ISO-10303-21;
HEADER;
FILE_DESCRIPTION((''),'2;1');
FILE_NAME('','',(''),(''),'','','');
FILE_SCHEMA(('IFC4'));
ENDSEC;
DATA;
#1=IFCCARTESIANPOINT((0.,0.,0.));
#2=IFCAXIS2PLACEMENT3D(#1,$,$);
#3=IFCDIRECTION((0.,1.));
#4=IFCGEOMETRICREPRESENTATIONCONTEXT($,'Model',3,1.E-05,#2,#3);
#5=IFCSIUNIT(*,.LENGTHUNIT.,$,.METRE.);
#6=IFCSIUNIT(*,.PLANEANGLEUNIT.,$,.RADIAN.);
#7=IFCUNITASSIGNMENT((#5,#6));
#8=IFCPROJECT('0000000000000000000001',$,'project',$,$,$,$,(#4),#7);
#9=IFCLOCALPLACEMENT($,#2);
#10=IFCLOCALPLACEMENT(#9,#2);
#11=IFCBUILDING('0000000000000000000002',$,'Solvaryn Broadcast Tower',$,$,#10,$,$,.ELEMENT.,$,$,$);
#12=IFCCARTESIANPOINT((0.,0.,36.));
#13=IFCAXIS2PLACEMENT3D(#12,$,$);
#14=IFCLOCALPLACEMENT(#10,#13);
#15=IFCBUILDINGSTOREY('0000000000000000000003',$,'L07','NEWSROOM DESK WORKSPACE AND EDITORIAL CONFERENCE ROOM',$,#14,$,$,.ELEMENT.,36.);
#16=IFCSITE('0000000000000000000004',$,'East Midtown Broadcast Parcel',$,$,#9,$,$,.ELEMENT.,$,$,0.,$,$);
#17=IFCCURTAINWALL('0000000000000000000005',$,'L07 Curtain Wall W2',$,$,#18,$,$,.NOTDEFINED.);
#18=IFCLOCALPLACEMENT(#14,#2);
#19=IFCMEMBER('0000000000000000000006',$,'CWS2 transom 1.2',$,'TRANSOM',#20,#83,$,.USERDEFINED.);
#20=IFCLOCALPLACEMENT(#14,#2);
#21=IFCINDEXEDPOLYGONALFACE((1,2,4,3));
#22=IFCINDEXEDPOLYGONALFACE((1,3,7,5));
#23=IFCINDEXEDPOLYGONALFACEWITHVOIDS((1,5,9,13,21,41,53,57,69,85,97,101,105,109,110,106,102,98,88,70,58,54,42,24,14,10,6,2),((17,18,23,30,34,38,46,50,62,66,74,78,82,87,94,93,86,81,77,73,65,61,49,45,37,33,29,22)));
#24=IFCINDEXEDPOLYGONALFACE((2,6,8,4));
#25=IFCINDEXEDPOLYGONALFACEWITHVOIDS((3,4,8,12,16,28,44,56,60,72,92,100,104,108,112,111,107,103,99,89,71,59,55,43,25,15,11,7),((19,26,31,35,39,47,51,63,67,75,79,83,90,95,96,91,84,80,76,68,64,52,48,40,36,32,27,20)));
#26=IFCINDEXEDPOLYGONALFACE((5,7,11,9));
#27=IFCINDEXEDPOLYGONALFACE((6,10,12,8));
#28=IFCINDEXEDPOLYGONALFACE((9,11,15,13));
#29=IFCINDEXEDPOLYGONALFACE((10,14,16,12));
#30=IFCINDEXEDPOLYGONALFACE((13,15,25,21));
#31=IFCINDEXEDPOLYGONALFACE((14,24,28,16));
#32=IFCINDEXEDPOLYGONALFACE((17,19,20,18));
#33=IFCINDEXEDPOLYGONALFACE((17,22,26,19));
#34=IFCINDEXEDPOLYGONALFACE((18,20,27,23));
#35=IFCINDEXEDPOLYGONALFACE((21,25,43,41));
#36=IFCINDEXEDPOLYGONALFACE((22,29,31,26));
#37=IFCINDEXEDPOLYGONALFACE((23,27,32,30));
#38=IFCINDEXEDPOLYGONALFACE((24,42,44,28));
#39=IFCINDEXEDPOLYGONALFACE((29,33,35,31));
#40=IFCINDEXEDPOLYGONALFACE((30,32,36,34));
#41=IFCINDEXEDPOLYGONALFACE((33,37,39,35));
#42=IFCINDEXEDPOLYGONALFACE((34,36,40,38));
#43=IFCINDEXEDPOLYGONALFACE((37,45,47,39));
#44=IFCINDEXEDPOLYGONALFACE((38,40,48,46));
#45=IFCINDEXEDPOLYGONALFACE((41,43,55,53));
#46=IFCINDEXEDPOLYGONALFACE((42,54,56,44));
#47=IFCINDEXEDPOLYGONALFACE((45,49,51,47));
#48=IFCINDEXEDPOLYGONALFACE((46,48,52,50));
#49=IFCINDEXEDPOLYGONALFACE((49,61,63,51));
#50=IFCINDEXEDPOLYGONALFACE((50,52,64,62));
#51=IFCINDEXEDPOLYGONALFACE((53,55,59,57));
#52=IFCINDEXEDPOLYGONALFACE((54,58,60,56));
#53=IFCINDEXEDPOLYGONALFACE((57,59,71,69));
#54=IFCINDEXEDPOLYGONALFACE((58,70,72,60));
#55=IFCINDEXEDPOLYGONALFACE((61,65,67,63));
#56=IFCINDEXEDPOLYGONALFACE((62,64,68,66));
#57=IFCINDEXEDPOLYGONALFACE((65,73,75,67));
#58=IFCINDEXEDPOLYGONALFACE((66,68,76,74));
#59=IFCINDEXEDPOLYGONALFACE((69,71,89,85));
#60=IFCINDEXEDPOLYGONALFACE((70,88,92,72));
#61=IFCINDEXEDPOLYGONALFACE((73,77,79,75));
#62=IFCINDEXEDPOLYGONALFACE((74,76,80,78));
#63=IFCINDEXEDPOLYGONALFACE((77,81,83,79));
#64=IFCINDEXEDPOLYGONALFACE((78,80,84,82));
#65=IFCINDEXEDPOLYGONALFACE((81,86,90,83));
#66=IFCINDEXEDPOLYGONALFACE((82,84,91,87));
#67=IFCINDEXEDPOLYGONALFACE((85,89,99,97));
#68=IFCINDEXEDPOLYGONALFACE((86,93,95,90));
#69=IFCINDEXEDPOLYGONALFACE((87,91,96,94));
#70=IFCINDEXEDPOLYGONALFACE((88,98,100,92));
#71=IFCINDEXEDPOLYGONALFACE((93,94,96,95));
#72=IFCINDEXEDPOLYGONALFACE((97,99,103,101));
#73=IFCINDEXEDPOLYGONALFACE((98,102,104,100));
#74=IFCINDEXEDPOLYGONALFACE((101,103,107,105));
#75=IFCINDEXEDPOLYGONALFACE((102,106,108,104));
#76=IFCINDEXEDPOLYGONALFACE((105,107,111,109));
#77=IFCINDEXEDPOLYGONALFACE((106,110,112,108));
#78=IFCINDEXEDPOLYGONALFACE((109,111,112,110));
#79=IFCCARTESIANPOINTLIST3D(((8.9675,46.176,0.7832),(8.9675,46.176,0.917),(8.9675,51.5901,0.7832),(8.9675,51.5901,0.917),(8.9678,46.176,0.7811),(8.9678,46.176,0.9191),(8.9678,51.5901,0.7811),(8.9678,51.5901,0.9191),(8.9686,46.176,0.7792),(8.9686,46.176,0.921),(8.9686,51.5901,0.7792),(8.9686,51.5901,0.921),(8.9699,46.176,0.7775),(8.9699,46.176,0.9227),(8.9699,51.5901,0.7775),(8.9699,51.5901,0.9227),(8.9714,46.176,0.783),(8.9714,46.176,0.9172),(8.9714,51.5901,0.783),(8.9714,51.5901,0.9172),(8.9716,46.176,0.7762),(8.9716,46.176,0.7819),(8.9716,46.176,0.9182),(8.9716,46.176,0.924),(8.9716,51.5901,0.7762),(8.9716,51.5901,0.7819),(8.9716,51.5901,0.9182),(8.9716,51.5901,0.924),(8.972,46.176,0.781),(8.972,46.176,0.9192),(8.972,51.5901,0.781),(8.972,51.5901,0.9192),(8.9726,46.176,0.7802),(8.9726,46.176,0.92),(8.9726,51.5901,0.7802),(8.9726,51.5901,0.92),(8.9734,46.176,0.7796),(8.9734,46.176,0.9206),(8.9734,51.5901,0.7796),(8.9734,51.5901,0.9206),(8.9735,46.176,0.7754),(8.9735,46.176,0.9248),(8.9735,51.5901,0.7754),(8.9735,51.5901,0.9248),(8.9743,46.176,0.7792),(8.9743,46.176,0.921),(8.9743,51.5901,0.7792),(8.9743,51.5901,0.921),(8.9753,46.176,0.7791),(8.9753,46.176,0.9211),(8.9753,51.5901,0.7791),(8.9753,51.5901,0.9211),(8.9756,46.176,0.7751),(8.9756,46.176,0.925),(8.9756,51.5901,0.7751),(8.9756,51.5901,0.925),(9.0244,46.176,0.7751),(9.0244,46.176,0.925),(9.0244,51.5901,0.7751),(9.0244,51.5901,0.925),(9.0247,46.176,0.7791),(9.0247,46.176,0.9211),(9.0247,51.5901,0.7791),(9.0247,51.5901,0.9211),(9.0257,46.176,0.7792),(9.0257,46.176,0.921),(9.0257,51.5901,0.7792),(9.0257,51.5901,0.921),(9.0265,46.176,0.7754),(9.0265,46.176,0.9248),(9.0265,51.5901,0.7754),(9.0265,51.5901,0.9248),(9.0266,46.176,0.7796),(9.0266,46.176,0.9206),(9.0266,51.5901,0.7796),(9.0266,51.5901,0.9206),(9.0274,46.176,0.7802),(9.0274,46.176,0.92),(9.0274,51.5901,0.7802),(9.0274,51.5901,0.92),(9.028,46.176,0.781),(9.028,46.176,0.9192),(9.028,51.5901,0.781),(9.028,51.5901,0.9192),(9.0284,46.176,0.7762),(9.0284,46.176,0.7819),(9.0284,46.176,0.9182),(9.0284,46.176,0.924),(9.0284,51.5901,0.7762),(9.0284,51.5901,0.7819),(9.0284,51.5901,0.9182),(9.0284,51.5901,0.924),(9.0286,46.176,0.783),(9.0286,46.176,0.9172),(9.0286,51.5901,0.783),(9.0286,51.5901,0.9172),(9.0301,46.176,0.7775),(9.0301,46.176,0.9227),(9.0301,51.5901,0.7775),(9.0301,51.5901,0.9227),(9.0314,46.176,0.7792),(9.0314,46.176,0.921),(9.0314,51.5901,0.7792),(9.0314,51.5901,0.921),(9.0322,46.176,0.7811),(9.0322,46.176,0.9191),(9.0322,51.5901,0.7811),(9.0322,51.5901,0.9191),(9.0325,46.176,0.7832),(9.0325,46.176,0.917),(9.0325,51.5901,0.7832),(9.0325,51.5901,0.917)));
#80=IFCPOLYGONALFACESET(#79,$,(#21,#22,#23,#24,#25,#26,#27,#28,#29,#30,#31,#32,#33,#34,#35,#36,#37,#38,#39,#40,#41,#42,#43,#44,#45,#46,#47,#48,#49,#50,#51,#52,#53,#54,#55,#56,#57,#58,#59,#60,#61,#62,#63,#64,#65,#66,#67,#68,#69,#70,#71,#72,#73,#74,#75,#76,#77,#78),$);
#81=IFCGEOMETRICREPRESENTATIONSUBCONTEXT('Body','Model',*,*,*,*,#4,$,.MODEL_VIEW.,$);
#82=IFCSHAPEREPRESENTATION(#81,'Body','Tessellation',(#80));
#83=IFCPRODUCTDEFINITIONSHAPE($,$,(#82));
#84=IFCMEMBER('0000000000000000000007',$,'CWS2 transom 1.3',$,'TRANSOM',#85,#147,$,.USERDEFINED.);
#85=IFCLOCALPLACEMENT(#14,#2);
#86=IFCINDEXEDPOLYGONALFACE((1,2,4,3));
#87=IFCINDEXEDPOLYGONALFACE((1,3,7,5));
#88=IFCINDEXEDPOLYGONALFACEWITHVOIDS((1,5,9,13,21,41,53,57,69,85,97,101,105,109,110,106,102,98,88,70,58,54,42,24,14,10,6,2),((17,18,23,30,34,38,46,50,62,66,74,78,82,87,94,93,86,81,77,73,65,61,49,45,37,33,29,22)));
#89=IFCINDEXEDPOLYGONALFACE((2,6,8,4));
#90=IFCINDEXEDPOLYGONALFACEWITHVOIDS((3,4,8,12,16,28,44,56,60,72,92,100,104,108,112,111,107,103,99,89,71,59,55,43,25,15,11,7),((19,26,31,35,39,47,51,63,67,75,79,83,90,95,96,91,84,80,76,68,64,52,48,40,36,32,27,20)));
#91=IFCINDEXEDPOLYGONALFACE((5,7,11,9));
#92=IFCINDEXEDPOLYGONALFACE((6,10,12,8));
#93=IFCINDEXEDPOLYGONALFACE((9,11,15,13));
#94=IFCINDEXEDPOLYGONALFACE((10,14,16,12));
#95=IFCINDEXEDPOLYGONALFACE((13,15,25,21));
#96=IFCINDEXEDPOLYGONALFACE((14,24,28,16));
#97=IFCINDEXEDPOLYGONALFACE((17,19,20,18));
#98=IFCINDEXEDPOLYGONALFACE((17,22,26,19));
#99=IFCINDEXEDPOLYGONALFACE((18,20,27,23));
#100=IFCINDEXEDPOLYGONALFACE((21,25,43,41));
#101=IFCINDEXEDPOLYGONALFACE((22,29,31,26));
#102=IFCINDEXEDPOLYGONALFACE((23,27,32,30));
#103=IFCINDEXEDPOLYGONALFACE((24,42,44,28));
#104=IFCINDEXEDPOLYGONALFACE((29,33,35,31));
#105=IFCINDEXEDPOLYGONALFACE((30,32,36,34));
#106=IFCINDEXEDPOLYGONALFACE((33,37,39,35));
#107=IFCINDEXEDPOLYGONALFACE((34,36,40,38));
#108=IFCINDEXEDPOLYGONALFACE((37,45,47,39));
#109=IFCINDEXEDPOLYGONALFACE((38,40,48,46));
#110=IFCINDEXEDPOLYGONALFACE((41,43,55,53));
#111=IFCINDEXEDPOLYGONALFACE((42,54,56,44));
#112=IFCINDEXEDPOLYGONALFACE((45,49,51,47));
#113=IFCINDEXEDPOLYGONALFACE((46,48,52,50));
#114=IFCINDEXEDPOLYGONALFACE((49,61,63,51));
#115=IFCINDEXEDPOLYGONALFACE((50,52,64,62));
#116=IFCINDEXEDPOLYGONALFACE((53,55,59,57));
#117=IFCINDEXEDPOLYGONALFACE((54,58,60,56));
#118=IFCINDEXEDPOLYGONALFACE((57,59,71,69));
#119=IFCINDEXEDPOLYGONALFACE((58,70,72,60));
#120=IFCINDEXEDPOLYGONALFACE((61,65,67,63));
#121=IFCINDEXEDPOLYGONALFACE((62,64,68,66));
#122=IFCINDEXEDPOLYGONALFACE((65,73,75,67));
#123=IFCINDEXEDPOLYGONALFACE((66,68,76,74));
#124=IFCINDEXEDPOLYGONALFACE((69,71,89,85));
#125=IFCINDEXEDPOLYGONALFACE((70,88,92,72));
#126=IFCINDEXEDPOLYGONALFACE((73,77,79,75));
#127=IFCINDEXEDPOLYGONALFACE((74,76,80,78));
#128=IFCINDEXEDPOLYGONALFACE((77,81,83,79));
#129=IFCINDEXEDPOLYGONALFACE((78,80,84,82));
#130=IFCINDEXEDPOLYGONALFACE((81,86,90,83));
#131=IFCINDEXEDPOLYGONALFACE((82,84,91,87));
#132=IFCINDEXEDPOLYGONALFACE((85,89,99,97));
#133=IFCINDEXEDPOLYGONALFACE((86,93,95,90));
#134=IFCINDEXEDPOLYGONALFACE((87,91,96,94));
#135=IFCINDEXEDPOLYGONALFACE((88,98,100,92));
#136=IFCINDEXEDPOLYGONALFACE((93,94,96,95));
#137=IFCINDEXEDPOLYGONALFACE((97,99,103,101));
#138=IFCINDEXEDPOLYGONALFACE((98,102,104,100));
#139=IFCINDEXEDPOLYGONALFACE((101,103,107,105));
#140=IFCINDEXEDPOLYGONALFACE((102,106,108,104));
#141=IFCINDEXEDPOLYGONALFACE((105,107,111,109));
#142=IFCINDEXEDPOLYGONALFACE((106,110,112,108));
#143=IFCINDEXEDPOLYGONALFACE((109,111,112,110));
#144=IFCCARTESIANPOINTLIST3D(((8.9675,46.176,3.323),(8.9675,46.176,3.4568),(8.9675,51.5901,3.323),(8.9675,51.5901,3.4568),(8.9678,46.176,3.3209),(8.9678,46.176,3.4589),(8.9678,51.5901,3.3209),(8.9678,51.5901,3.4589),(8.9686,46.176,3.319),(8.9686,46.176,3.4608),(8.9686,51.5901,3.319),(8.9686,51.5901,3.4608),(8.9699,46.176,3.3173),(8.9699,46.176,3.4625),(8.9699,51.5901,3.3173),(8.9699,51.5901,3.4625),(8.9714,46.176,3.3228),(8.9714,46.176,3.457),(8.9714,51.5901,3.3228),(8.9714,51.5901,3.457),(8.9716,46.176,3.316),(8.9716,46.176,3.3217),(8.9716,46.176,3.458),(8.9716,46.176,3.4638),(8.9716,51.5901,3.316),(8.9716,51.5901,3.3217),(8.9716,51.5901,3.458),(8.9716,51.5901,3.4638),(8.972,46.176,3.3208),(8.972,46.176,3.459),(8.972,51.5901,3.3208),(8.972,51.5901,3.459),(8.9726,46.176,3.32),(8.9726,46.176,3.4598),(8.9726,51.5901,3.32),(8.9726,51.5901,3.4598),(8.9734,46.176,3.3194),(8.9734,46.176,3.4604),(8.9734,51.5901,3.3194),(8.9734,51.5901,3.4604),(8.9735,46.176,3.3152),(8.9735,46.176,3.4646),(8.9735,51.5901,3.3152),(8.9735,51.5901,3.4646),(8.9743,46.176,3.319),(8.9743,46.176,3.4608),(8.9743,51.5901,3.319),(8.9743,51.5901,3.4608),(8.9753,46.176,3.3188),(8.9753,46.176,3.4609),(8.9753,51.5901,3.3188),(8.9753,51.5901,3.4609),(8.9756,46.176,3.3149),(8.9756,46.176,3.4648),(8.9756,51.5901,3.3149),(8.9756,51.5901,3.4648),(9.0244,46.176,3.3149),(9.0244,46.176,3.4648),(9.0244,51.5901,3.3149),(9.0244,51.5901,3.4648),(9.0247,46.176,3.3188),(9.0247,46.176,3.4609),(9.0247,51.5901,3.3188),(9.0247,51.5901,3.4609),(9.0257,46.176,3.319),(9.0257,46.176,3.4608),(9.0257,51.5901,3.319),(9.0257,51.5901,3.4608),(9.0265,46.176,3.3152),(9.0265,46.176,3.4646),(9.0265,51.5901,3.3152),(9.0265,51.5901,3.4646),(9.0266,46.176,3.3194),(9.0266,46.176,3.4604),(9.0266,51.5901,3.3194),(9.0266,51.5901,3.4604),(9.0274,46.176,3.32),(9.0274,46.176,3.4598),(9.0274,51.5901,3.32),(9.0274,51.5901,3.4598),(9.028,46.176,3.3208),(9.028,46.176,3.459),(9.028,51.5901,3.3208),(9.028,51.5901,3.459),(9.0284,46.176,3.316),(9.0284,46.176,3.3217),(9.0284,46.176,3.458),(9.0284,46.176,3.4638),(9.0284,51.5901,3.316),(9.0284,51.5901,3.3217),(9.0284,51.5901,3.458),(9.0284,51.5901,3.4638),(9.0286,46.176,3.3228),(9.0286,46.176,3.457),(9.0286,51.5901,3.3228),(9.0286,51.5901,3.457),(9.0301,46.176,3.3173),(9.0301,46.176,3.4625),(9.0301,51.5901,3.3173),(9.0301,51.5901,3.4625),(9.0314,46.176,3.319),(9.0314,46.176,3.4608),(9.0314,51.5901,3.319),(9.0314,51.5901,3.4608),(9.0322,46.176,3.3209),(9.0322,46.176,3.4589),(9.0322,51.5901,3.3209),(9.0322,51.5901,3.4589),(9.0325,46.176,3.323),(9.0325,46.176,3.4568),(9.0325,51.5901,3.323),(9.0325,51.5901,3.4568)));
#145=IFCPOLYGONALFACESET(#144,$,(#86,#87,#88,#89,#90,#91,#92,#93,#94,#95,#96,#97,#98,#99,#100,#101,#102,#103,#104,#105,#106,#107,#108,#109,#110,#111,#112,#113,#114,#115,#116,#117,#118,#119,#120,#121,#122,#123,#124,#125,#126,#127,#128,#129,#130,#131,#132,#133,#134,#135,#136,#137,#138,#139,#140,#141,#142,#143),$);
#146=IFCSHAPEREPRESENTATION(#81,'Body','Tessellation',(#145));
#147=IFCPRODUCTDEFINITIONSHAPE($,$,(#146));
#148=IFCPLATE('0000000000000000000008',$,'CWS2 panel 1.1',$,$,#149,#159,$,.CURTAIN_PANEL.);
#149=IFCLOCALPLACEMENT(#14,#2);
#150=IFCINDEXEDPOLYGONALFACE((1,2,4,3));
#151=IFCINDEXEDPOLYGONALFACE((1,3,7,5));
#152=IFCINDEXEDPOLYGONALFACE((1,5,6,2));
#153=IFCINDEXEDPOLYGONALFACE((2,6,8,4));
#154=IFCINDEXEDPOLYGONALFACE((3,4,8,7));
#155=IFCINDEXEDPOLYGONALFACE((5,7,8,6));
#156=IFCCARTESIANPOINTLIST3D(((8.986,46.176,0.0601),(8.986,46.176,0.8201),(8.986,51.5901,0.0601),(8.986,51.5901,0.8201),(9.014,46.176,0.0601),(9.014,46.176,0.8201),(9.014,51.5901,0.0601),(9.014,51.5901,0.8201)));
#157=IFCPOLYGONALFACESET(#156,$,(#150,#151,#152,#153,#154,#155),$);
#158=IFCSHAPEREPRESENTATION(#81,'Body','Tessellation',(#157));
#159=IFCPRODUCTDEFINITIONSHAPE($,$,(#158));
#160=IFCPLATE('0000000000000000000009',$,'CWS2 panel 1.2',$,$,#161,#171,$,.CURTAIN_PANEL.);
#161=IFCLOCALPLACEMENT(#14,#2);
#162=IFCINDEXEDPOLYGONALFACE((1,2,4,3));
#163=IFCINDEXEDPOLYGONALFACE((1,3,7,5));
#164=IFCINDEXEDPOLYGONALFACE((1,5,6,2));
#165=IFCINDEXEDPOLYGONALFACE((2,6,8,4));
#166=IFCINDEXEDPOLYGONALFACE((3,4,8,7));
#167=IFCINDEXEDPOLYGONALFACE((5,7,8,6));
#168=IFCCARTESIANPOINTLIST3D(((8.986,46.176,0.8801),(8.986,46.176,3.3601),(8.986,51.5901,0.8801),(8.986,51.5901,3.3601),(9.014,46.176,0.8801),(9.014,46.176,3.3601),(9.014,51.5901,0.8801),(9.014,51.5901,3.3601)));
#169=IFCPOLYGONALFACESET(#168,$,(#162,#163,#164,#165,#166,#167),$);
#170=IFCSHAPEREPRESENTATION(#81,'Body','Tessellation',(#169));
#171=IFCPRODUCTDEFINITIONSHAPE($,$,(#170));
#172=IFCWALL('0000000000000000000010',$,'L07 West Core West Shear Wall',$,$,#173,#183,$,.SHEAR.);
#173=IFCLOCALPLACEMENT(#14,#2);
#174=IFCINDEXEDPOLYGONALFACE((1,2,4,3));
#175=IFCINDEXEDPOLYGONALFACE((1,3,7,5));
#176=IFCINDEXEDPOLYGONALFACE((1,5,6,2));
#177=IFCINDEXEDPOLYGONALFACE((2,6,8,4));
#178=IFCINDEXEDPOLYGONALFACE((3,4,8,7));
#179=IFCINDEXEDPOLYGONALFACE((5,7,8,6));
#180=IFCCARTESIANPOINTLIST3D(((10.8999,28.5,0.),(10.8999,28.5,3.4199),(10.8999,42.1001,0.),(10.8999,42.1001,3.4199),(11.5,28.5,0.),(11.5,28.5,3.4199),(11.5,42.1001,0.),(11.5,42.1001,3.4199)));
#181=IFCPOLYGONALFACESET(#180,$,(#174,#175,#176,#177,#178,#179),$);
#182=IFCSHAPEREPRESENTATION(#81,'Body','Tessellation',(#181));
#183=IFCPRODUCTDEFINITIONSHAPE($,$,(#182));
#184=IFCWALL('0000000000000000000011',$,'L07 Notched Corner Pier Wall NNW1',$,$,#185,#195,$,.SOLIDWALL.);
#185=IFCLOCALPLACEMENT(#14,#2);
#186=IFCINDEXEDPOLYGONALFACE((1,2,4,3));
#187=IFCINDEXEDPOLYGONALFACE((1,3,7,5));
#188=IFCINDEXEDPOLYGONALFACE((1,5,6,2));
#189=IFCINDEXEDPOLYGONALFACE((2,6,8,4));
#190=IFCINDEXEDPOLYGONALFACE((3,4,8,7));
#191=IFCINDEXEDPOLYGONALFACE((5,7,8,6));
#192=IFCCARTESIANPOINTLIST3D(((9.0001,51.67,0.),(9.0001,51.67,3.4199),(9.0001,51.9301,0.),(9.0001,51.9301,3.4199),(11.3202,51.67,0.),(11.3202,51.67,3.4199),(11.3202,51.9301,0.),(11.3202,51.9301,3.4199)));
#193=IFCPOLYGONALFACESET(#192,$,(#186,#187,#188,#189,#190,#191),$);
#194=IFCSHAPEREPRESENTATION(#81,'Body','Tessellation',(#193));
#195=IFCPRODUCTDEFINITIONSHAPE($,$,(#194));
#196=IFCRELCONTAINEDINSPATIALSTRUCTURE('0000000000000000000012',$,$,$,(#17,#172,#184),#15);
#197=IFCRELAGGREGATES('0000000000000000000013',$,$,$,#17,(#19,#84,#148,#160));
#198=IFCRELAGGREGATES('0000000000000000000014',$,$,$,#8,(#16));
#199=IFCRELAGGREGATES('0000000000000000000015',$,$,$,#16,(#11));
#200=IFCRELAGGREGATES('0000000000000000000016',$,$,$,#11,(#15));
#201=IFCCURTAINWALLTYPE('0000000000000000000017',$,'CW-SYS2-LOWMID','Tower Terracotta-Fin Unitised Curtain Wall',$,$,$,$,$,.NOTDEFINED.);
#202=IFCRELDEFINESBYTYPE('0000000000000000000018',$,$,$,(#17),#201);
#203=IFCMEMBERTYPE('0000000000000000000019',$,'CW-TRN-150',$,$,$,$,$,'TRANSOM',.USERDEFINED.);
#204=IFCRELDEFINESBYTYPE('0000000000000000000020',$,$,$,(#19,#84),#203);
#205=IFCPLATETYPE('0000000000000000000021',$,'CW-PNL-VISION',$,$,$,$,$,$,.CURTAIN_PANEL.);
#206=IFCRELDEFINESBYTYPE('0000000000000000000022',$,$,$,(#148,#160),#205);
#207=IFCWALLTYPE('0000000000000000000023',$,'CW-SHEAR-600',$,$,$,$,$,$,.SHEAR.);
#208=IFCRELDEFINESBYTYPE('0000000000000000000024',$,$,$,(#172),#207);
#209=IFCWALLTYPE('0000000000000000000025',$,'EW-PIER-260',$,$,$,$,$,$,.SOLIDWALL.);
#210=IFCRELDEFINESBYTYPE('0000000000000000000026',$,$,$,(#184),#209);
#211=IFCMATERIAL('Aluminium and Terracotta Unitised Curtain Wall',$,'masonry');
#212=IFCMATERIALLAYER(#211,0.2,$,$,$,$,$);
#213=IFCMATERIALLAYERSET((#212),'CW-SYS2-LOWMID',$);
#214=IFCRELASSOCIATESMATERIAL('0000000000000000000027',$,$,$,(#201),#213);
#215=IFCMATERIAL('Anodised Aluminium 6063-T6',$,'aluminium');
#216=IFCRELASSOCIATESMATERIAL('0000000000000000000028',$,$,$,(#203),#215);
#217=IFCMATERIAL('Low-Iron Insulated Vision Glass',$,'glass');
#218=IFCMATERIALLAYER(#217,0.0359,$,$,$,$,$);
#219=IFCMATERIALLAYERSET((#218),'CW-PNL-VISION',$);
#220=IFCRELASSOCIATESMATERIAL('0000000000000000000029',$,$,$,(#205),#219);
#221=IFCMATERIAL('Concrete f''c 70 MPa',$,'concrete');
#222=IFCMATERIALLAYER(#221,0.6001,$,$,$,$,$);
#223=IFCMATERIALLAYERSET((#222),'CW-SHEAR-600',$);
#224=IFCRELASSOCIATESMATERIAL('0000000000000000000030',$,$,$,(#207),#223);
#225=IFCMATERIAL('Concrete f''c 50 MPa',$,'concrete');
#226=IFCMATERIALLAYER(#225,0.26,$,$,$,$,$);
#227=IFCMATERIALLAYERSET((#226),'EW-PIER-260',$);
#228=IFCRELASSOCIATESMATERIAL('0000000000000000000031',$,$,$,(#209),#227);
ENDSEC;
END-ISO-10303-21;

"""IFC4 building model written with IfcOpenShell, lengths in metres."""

from ifc_helpers import new_model, si_unit, direction, frame, frame_2d, origin, origin_2d, place, context, subcontext, project, spatial, rectangle, hollow_rectangle, extrude, material, layer, layer_set, material_profile, profile_set, type_object, element, aggregate, save


model = new_model("IFC4")

# Units and contexts
model_context = context("Model", 3, precision=1e-05, world=origin(), true_north=direction((0.0, 1.0)))
body_context = subcontext(model_context, "Body", "Model", "MODEL_VIEW")
ifc_project = project(units=[si_unit("LENGTHUNIT", "METRE"), si_unit("PLANEANGLEUNIT", "RADIAN")], contexts=[model_context])

# Site, building, storey
site_placement = place(None, origin())
site = spatial("IfcSite", under=ifc_project, at=site_placement, Name="East Midtown Broadcast Parcel", CompositionType="ELEMENT", RefElevation=0.0)
building_placement = place(site_placement, origin())
building = spatial("IfcBuilding", under=site, at=building_placement, Name="Solvaryn Broadcast Tower", CompositionType="ELEMENT")
storey_placement = place(building_placement, frame((0.0, 0.0, 36.0)))
storey = spatial("IfcBuildingStorey", under=building, at=storey_placement, Name="L07", Description="NEWSROOM DESK WORKSPACE AND EDITORIAL CONFERENCE ROOM", CompositionType="ELEMENT", Elevation=36.0)

# Shared definitions
ifc_material_1 = material(Name="Aluminium and Terracotta Unitised Curtain Wall", Category="masonry")
ifc_layer_1 = layer(ifc_material_1, 0.2)
ifc_layer_set_1 = layer_set([ifc_layer_1], Name="CW-SYS2-LOWMID")
curtain_wall_type = type_object("IfcCurtainWallType", Name="CW-SYS2-LOWMID", Description="Tower Terracotta-Fin Unitised Curtain Wall", PredefinedType="NOTDEFINED", material=ifc_layer_set_1)

# Curtain wall
curtain_wall_1_placement = place(storey_placement, origin())
curtain_wall_1 = element("IfcCurtainWall", 1, at=curtain_wall_1_placement, inside=storey, type_object=curtain_wall_type, Name="L07 Curtain Wall W2", PredefinedType="NOTDEFINED")

# Members
ifc_material_2 = material(Name="Anodised Aluminium 6063-T6", Category="aluminium")
ifc_material_profile_1 = material_profile(ifc_material_2, hollow_rectangle(XDim=0.0649, YDim=0.1499, WallThickness=0.0039, InnerFilletRadius=0.0039, OuterFilletRadius=0.0081, at=origin_2d()))
ifc_profile_set_1 = profile_set([ifc_material_profile_1], Name="Anodised Aluminium 6063-T6")
member_type_1 = type_object("IfcMemberType", Name="CW-TRN-150", ElementType="TRANSOM", PredefinedType="USERDEFINED", material=ifc_profile_set_1)
member_1_placement = place(storey_placement, frame((9.0, 46.176, 0.8501), z_axis=(0.0, 1.0, 0.0), x_axis=(-1.0, 0.0, 0.0)))
member_1 = element("IfcMember", 2, at=member_1_placement, type_object=member_type_1, Name="CWS2 transom 1.2", ObjectType="TRANSOM", PredefinedType="USERDEFINED", context=body_context, shape_type="SweptSolid", body=[
    extrude(hollow_rectangle(XDim=0.0649, YDim=0.1499, WallThickness=0.0039, InnerFilletRadius=0.0039, OuterFilletRadius=0.0081, at=origin_2d()), origin(), (0.0, 0.0, 1.0), 5.4141),
])
member_2_placement = place(storey_placement, frame((9.0, 46.176, 3.3899), z_axis=(0.0, 1.0, 0.0), x_axis=(-1.0, 0.0, 0.0)))
member_2 = element("IfcMember", 3, at=member_2_placement, type_object=member_type_1, Name="CWS2 transom 1.3", ObjectType="TRANSOM", PredefinedType="USERDEFINED", context=body_context, shape_type="SweptSolid", body=[
    extrude(hollow_rectangle(XDim=0.0649, YDim=0.1499, WallThickness=0.0039, InnerFilletRadius=0.0039, OuterFilletRadius=0.0081, at=origin_2d()), origin(), (0.0, 0.0, 1.0), 5.4141),
])

# Plates
ifc_material_3 = material(Name="Low-Iron Insulated Vision Glass", Category="glass")
ifc_layer_2 = layer(ifc_material_3, 0.0359)
ifc_layer_set_2 = layer_set([ifc_layer_2], Name="CW-PNL-VISION")
plate_type = type_object("IfcPlateType", Name="CW-PNL-VISION", PredefinedType="CURTAIN_PANEL", material=ifc_layer_set_2)
plate_1_placement = place(storey_placement, frame((9.0, 48.8831, 0.0601), z_axis=(0.0, 0.0, 1.0), x_axis=(0.0, 1.0, 0.0)))
plate_1 = element("IfcPlate", 4, at=plate_1_placement, type_object=plate_type, Name="CWS2 panel 1.1", PredefinedType="CURTAIN_PANEL", context=body_context, shape_type="SweptSolid", body=[
    extrude(rectangle(XDim=5.4141, YDim=0.0281, at=origin_2d()), origin(), (0.0, 0.0, 1.0), 0.76),
])
plate_2_placement = place(storey_placement, frame((9.0, 48.8831, 0.8801), z_axis=(0.0, 0.0, 1.0), x_axis=(0.0, 1.0, 0.0)))
plate_2 = element("IfcPlate", 5, at=plate_2_placement, type_object=plate_type, Name="CWS2 panel 1.2", PredefinedType="CURTAIN_PANEL", context=body_context, shape_type="SweptSolid", body=[
    extrude(rectangle(XDim=5.4141, YDim=0.0281, at=origin_2d()), origin(), (0.0, 0.0, 1.0), 2.48),
])
aggregate(curtain_wall_1, [member_1, member_2, plate_1, plate_2])

# Walls
ifc_material_4 = material(Name="Concrete f'c 70 MPa", Category="concrete")
ifc_layer_3 = layer(ifc_material_4, 0.6001)
ifc_layer_set_3 = layer_set([ifc_layer_3], Name="CW-SHEAR-600")
wall_type_1 = type_object("IfcWallType", Name="CW-SHEAR-600", PredefinedType="SHEAR", material=ifc_layer_set_3)
wall_1_placement = place(storey_placement, frame((11.2, 42.1001, 0.0), z_axis=(0.0, 0.0, 1.0), x_axis=(0.0, -1.0, 0.0)))
element("IfcWall", 6, at=wall_1_placement, inside=storey, type_object=wall_type_1, Name="L07 West Core West Shear Wall", PredefinedType="SHEAR", context=body_context, shape_type="SweptSolid", body=[
    extrude(rectangle(XDim=13.6001, YDim=0.6001, at=frame_2d((6.8, 0.0))), origin(), (0.0, 0.0, 1.0), 3.4199),
])
ifc_material_5 = material(Name="Concrete f'c 50 MPa", Category="concrete")
ifc_layer_4 = layer(ifc_material_5, 0.26)
ifc_layer_set_4 = layer_set([ifc_layer_4], Name="EW-PIER-260")
wall_type_2 = type_object("IfcWallType", Name="EW-PIER-260", PredefinedType="SOLIDWALL", material=ifc_layer_set_4)
wall_2_placement = place(storey_placement, frame((9.0, 51.8, 0.0), z_axis=(0.0, 0.0, 1.0), x_axis=(1.0, 0.0, 0.0)))
element("IfcWall", 7, at=wall_2_placement, inside=storey, type_object=wall_type_2, Name="L07 Notched Corner Pier Wall NNW1", PredefinedType="SOLIDWALL", context=body_context, shape_type="SweptSolid", body=[
    extrude(rectangle(XDim=2.3201, YDim=0.26, at=frame_2d((1.1602, 0.0))), origin(), (0.0, 0.0, 1.0), 3.4199),
])

save(model, "model.ifc")
